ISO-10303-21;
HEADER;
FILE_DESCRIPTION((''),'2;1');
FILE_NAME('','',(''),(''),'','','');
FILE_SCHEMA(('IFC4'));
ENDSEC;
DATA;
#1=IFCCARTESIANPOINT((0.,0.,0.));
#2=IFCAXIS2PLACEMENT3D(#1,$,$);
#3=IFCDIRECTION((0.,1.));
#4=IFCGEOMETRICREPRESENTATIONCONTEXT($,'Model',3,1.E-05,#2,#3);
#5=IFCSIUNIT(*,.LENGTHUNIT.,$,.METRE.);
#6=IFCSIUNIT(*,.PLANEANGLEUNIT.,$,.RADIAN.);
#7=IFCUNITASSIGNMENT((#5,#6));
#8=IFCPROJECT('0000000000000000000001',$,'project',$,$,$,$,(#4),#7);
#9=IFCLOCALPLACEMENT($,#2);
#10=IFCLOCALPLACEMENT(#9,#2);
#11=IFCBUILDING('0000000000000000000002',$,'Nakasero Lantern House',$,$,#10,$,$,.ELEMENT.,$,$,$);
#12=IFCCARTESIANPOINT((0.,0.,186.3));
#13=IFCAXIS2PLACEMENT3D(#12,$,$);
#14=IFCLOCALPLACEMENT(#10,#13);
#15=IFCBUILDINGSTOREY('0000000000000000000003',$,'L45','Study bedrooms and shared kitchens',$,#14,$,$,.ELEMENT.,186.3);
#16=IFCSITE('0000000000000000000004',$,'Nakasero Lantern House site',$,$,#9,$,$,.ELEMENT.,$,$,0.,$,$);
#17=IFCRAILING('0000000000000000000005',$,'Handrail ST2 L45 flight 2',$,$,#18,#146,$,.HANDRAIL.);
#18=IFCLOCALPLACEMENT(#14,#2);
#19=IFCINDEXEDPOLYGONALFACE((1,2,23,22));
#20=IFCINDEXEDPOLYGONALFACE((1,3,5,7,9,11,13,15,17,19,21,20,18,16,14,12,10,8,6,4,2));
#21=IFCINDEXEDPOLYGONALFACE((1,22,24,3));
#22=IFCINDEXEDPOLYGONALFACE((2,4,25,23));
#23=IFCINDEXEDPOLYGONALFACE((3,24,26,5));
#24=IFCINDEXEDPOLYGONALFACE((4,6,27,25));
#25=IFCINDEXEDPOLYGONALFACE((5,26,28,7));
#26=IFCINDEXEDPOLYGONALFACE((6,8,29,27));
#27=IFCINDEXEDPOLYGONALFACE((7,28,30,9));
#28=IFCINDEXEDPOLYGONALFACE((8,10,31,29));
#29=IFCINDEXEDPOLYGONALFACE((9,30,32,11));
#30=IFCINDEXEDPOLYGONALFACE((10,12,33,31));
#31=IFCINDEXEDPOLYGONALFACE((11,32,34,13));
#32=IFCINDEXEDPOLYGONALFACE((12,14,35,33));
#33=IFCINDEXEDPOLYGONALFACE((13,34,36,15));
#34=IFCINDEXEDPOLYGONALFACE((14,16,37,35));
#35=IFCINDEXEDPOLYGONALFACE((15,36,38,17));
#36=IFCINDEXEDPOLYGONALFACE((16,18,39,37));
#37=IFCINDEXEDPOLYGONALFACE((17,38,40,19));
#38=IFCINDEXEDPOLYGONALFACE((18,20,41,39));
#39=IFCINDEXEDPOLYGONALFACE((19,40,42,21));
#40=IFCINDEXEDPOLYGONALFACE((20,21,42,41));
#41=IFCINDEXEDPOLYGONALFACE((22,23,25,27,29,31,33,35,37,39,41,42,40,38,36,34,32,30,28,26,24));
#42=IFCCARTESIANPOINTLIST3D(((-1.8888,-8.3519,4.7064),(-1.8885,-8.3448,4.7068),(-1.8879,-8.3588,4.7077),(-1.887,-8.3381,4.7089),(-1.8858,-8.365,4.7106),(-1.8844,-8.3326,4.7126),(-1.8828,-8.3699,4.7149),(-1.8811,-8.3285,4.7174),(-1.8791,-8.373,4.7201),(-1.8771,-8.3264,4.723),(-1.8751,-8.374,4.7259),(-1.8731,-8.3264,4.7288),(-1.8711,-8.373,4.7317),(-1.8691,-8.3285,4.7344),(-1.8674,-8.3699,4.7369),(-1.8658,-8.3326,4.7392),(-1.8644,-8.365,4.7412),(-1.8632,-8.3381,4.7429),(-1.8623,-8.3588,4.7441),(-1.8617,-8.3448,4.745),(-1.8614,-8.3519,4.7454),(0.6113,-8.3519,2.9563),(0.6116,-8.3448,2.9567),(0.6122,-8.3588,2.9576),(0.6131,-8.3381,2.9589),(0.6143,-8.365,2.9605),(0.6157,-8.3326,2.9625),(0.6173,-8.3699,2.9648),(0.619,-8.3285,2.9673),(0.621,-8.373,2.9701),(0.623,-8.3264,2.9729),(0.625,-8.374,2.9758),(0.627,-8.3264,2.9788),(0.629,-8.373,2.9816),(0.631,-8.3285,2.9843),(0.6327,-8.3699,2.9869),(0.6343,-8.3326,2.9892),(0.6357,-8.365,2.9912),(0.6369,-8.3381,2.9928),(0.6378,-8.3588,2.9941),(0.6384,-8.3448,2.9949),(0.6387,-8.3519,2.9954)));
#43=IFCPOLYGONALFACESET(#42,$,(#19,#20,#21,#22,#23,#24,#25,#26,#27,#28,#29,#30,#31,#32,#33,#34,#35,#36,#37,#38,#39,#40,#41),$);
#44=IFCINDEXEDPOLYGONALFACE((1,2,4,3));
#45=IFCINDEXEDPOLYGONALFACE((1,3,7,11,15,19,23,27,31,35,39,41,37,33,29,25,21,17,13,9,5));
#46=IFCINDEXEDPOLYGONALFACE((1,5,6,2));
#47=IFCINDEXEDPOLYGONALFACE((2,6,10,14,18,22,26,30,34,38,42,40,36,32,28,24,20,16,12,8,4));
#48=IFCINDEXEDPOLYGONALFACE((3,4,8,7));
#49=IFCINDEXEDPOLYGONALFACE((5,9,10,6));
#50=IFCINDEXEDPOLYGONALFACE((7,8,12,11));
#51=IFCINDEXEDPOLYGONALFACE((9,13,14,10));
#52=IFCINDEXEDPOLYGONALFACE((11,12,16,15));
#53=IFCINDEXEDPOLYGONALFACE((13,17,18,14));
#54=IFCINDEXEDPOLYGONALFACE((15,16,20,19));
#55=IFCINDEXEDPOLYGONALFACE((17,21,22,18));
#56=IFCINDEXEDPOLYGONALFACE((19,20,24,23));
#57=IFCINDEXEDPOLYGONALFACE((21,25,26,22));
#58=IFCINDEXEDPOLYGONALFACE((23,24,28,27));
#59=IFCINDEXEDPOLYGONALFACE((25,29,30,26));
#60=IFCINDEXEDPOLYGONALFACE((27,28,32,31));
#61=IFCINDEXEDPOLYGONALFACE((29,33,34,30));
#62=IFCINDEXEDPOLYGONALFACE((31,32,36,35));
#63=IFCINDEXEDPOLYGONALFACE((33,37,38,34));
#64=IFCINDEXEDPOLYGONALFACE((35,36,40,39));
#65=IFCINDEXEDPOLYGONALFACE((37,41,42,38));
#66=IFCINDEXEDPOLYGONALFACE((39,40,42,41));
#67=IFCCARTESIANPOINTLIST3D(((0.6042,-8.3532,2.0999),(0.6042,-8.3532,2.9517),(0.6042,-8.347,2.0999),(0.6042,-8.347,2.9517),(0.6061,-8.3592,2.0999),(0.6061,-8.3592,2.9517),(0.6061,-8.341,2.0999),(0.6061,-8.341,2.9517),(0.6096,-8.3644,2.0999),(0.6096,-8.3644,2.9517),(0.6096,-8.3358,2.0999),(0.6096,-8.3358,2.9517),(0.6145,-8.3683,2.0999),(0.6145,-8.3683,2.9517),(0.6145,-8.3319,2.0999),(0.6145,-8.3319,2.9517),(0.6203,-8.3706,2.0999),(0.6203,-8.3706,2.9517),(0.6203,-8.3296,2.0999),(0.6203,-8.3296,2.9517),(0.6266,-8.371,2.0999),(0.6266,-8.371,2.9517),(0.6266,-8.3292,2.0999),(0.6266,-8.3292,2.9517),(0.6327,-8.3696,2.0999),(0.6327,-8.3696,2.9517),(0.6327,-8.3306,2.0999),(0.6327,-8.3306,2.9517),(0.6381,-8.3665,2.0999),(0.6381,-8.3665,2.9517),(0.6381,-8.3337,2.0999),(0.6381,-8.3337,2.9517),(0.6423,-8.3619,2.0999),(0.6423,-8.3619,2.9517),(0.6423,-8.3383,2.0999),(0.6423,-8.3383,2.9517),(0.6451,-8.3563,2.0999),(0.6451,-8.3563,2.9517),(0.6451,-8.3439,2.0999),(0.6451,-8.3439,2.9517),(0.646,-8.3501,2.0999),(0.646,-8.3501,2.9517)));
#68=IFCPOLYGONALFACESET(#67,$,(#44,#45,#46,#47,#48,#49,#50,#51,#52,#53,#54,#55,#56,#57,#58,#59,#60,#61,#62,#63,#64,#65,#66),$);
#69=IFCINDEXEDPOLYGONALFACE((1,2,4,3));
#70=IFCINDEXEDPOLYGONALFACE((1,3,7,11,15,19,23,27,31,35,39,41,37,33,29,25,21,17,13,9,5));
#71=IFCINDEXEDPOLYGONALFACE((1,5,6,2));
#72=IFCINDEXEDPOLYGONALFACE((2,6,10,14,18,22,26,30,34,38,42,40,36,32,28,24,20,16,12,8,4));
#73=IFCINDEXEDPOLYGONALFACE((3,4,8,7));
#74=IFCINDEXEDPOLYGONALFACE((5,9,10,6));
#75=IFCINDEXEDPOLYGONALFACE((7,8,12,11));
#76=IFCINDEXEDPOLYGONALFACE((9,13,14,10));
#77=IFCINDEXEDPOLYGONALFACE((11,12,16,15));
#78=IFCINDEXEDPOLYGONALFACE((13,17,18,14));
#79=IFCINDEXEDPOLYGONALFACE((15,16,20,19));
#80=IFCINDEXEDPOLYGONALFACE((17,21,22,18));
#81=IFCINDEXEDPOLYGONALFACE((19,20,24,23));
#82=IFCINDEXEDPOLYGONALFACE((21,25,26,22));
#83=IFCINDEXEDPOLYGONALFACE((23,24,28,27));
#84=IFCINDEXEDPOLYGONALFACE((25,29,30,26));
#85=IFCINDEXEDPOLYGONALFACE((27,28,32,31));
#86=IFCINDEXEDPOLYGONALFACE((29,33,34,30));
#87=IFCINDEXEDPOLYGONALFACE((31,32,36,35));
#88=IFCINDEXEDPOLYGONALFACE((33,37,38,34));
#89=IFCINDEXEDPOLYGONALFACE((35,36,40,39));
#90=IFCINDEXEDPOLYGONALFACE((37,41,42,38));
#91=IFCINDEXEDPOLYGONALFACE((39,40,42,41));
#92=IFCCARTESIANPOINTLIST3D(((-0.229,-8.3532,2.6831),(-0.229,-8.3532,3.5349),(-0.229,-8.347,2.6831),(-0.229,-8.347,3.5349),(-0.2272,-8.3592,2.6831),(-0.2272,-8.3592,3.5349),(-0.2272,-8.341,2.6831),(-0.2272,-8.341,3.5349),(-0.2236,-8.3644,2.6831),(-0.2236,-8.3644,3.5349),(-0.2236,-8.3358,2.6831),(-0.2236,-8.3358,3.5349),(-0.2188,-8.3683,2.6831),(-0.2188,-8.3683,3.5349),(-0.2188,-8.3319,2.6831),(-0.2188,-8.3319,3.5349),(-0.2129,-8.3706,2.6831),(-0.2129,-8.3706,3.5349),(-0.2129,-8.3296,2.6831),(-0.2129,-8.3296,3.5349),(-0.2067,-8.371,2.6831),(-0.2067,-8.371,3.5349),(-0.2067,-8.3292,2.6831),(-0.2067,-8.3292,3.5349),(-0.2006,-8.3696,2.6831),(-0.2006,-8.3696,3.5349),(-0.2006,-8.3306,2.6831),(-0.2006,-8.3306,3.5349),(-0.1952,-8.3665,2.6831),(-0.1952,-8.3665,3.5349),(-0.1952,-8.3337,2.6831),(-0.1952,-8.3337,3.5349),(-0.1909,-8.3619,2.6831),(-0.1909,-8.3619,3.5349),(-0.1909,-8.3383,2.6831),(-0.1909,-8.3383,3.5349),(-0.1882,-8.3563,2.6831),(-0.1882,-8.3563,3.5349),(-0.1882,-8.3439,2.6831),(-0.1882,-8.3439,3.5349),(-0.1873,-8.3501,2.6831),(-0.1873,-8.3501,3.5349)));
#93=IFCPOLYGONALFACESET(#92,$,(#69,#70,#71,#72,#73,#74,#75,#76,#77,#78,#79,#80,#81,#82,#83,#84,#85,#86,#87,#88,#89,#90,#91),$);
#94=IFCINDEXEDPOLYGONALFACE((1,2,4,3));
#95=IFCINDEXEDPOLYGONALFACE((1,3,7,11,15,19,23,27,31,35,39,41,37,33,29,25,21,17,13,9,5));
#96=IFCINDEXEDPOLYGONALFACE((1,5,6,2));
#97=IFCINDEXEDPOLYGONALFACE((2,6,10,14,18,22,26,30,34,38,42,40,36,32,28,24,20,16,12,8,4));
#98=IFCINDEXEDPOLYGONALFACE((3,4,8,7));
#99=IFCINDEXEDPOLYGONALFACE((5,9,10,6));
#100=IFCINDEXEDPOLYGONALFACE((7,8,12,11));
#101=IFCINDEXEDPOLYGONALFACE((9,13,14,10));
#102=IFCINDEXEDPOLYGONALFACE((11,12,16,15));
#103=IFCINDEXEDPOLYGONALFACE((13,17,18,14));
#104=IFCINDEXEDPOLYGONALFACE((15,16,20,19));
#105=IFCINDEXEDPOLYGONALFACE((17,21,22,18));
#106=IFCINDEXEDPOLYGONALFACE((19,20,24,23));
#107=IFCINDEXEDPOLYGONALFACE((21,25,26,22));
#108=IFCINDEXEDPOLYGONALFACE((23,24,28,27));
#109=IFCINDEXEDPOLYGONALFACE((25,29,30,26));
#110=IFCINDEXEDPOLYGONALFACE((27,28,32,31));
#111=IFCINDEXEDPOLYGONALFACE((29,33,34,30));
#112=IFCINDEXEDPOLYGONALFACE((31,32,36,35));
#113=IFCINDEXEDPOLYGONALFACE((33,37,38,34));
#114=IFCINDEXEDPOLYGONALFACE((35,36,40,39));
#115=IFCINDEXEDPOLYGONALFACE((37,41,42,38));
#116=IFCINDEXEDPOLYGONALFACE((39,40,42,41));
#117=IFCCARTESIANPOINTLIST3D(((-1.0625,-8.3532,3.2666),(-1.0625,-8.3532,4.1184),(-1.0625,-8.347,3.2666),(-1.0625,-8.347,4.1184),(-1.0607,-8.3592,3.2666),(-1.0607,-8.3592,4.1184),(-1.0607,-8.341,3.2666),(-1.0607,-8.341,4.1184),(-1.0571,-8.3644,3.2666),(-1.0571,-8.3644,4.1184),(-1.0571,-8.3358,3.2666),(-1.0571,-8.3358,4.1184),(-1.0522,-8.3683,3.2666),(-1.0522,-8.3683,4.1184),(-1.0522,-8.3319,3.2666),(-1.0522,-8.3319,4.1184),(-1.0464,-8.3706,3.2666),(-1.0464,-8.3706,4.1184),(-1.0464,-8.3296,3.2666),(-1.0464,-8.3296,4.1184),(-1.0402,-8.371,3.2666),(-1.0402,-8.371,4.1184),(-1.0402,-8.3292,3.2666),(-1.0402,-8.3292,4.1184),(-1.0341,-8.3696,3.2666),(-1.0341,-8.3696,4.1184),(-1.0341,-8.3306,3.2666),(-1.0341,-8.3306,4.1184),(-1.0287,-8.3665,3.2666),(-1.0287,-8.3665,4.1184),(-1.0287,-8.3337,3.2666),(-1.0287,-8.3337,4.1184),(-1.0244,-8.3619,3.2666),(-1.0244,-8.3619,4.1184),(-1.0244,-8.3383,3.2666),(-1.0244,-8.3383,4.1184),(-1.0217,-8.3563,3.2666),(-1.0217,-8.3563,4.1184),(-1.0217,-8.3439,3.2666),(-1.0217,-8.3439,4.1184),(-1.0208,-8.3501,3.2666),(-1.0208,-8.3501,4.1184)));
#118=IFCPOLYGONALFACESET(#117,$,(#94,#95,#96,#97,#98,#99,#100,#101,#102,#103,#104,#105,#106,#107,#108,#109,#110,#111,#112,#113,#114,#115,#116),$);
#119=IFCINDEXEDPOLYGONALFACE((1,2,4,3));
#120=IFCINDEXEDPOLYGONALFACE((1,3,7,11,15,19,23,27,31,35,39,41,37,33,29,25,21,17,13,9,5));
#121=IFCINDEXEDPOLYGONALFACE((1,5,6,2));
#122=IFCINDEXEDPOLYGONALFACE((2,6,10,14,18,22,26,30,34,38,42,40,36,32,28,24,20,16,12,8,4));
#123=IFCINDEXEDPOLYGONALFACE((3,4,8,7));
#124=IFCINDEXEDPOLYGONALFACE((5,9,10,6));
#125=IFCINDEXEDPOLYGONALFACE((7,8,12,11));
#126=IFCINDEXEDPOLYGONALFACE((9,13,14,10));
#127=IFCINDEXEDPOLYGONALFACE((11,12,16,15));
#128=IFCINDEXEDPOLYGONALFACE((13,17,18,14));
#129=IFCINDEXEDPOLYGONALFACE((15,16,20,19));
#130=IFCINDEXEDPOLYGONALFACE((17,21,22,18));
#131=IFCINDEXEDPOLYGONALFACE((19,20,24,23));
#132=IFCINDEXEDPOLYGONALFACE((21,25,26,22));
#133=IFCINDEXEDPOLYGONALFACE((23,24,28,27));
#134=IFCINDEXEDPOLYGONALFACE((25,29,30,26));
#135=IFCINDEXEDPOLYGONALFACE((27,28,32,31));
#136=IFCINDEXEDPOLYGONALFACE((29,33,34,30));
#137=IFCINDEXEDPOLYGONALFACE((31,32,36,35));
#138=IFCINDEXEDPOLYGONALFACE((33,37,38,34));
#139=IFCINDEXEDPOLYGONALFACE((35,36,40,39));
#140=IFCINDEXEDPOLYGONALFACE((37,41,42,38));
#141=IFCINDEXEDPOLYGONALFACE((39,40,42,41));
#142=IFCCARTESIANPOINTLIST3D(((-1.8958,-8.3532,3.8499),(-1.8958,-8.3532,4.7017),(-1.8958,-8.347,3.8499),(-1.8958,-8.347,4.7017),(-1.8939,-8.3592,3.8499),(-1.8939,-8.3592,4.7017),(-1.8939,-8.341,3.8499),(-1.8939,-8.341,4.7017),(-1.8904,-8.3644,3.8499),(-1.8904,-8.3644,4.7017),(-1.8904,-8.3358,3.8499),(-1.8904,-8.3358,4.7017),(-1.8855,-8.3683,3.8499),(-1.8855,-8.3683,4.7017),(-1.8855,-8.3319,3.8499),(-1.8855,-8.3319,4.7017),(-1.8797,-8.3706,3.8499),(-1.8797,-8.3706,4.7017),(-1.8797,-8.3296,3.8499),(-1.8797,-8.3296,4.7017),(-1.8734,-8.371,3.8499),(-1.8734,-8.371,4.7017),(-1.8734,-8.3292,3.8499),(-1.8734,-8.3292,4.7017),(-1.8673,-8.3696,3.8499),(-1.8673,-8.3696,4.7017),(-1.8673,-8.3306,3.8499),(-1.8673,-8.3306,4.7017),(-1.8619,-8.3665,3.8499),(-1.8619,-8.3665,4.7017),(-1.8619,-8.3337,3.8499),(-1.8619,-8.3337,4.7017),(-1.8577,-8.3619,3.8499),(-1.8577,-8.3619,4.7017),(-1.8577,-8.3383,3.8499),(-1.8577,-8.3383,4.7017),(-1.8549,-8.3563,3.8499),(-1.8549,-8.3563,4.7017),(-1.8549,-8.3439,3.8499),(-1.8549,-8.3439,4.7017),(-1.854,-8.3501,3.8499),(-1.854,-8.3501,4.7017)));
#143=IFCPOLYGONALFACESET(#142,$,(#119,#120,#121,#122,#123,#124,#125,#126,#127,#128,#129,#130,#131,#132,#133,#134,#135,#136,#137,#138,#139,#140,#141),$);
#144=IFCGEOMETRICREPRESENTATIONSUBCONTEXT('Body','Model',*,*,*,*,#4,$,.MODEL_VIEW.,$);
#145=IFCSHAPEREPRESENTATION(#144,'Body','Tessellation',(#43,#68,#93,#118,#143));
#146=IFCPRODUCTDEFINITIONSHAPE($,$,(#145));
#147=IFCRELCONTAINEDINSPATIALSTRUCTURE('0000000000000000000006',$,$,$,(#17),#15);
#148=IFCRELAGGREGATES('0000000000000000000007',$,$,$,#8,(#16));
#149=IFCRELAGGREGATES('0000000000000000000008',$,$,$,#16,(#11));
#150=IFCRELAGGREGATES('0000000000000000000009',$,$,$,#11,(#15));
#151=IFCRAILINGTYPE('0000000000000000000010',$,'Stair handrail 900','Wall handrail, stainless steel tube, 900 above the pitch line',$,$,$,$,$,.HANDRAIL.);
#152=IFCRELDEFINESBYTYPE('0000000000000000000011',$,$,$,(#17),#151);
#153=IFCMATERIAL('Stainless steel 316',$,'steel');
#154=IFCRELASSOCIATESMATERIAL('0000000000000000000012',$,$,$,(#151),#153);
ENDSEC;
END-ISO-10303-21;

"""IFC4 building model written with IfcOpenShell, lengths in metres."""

from ifc_helpers import new_model, si_unit, direction, frame, origin, origin_2d, place, context, subcontext, project, spatial, circle, extrude, material, type_object, element, save


model = new_model("IFC4")

# Units and contexts
model_context = context("Model", 3, precision=1e-05, world=origin(), true_north=direction((0.0, 1.0)))
body_context = subcontext(model_context, "Body", "Model", "MODEL_VIEW")
ifc_project = project(units=[si_unit("LENGTHUNIT", "METRE"), si_unit("PLANEANGLEUNIT", "RADIAN")], contexts=[model_context])

# Site, building, storey
site_placement = place(None, origin())
site = spatial("IfcSite", under=ifc_project, at=site_placement, Name="Nakasero Lantern House site", CompositionType="ELEMENT", RefElevation=0.0)
building_placement = place(site_placement, origin())
building = spatial("IfcBuilding", under=site, at=building_placement, Name="Nakasero Lantern House", CompositionType="ELEMENT")
storey_placement = place(building_placement, frame((0.0, 0.0, 186.3)))
storey = spatial("IfcBuildingStorey", under=building, at=storey_placement, Name="L45", Description="Study bedrooms and shared kitchens", CompositionType="ELEMENT", Elevation=186.3)

# Railing
ifc_material_1 = material(Name="Stainless steel 316", Category="steel")
railing_type = type_object("IfcRailingType", Name="Stair handrail 900", Description="Wall handrail, stainless steel tube, 900 above the pitch line", PredefinedType="HANDRAIL", material=ifc_material_1)
railing_placement = place(storey_placement, frame((0.625, -8.3501, 2.0999)))
element("IfcRailing", 1, at=railing_placement, inside=storey, type_object=railing_type, Name="Handrail ST2 L45 flight 2", PredefinedType="HANDRAIL", context=body_context, shape_type="SweptSolid", body=[
    extrude(circle(Radius=0.0239, at=origin_2d()), frame((0.0, 0.0, 0.876), z_axis=(-0.819232, 0.0, 0.573462), x_axis=(0.0, -1.0, 0.0)), (0.0, 0.0, 1.0), 3.0518),
    extrude(circle(Radius=0.021, at=origin_2d()), origin(), (0.0, 0.0, 1.0), 0.8518),
    extrude(circle(Radius=0.021, at=origin_2d()), frame((-0.8333, 0.0, 0.5833)), (0.0, 0.0, 1.0), 0.8518),
    extrude(circle(Radius=0.021, at=origin_2d()), frame((-1.6667, 0.0, 1.1667)), (0.0, 0.0, 1.0), 0.8518),
    extrude(circle(Radius=0.021, at=origin_2d()), frame((-2.5, 0.0, 1.75)), (0.0, 0.0, 1.0), 0.8518),
])

save(model, "model.ifc")
